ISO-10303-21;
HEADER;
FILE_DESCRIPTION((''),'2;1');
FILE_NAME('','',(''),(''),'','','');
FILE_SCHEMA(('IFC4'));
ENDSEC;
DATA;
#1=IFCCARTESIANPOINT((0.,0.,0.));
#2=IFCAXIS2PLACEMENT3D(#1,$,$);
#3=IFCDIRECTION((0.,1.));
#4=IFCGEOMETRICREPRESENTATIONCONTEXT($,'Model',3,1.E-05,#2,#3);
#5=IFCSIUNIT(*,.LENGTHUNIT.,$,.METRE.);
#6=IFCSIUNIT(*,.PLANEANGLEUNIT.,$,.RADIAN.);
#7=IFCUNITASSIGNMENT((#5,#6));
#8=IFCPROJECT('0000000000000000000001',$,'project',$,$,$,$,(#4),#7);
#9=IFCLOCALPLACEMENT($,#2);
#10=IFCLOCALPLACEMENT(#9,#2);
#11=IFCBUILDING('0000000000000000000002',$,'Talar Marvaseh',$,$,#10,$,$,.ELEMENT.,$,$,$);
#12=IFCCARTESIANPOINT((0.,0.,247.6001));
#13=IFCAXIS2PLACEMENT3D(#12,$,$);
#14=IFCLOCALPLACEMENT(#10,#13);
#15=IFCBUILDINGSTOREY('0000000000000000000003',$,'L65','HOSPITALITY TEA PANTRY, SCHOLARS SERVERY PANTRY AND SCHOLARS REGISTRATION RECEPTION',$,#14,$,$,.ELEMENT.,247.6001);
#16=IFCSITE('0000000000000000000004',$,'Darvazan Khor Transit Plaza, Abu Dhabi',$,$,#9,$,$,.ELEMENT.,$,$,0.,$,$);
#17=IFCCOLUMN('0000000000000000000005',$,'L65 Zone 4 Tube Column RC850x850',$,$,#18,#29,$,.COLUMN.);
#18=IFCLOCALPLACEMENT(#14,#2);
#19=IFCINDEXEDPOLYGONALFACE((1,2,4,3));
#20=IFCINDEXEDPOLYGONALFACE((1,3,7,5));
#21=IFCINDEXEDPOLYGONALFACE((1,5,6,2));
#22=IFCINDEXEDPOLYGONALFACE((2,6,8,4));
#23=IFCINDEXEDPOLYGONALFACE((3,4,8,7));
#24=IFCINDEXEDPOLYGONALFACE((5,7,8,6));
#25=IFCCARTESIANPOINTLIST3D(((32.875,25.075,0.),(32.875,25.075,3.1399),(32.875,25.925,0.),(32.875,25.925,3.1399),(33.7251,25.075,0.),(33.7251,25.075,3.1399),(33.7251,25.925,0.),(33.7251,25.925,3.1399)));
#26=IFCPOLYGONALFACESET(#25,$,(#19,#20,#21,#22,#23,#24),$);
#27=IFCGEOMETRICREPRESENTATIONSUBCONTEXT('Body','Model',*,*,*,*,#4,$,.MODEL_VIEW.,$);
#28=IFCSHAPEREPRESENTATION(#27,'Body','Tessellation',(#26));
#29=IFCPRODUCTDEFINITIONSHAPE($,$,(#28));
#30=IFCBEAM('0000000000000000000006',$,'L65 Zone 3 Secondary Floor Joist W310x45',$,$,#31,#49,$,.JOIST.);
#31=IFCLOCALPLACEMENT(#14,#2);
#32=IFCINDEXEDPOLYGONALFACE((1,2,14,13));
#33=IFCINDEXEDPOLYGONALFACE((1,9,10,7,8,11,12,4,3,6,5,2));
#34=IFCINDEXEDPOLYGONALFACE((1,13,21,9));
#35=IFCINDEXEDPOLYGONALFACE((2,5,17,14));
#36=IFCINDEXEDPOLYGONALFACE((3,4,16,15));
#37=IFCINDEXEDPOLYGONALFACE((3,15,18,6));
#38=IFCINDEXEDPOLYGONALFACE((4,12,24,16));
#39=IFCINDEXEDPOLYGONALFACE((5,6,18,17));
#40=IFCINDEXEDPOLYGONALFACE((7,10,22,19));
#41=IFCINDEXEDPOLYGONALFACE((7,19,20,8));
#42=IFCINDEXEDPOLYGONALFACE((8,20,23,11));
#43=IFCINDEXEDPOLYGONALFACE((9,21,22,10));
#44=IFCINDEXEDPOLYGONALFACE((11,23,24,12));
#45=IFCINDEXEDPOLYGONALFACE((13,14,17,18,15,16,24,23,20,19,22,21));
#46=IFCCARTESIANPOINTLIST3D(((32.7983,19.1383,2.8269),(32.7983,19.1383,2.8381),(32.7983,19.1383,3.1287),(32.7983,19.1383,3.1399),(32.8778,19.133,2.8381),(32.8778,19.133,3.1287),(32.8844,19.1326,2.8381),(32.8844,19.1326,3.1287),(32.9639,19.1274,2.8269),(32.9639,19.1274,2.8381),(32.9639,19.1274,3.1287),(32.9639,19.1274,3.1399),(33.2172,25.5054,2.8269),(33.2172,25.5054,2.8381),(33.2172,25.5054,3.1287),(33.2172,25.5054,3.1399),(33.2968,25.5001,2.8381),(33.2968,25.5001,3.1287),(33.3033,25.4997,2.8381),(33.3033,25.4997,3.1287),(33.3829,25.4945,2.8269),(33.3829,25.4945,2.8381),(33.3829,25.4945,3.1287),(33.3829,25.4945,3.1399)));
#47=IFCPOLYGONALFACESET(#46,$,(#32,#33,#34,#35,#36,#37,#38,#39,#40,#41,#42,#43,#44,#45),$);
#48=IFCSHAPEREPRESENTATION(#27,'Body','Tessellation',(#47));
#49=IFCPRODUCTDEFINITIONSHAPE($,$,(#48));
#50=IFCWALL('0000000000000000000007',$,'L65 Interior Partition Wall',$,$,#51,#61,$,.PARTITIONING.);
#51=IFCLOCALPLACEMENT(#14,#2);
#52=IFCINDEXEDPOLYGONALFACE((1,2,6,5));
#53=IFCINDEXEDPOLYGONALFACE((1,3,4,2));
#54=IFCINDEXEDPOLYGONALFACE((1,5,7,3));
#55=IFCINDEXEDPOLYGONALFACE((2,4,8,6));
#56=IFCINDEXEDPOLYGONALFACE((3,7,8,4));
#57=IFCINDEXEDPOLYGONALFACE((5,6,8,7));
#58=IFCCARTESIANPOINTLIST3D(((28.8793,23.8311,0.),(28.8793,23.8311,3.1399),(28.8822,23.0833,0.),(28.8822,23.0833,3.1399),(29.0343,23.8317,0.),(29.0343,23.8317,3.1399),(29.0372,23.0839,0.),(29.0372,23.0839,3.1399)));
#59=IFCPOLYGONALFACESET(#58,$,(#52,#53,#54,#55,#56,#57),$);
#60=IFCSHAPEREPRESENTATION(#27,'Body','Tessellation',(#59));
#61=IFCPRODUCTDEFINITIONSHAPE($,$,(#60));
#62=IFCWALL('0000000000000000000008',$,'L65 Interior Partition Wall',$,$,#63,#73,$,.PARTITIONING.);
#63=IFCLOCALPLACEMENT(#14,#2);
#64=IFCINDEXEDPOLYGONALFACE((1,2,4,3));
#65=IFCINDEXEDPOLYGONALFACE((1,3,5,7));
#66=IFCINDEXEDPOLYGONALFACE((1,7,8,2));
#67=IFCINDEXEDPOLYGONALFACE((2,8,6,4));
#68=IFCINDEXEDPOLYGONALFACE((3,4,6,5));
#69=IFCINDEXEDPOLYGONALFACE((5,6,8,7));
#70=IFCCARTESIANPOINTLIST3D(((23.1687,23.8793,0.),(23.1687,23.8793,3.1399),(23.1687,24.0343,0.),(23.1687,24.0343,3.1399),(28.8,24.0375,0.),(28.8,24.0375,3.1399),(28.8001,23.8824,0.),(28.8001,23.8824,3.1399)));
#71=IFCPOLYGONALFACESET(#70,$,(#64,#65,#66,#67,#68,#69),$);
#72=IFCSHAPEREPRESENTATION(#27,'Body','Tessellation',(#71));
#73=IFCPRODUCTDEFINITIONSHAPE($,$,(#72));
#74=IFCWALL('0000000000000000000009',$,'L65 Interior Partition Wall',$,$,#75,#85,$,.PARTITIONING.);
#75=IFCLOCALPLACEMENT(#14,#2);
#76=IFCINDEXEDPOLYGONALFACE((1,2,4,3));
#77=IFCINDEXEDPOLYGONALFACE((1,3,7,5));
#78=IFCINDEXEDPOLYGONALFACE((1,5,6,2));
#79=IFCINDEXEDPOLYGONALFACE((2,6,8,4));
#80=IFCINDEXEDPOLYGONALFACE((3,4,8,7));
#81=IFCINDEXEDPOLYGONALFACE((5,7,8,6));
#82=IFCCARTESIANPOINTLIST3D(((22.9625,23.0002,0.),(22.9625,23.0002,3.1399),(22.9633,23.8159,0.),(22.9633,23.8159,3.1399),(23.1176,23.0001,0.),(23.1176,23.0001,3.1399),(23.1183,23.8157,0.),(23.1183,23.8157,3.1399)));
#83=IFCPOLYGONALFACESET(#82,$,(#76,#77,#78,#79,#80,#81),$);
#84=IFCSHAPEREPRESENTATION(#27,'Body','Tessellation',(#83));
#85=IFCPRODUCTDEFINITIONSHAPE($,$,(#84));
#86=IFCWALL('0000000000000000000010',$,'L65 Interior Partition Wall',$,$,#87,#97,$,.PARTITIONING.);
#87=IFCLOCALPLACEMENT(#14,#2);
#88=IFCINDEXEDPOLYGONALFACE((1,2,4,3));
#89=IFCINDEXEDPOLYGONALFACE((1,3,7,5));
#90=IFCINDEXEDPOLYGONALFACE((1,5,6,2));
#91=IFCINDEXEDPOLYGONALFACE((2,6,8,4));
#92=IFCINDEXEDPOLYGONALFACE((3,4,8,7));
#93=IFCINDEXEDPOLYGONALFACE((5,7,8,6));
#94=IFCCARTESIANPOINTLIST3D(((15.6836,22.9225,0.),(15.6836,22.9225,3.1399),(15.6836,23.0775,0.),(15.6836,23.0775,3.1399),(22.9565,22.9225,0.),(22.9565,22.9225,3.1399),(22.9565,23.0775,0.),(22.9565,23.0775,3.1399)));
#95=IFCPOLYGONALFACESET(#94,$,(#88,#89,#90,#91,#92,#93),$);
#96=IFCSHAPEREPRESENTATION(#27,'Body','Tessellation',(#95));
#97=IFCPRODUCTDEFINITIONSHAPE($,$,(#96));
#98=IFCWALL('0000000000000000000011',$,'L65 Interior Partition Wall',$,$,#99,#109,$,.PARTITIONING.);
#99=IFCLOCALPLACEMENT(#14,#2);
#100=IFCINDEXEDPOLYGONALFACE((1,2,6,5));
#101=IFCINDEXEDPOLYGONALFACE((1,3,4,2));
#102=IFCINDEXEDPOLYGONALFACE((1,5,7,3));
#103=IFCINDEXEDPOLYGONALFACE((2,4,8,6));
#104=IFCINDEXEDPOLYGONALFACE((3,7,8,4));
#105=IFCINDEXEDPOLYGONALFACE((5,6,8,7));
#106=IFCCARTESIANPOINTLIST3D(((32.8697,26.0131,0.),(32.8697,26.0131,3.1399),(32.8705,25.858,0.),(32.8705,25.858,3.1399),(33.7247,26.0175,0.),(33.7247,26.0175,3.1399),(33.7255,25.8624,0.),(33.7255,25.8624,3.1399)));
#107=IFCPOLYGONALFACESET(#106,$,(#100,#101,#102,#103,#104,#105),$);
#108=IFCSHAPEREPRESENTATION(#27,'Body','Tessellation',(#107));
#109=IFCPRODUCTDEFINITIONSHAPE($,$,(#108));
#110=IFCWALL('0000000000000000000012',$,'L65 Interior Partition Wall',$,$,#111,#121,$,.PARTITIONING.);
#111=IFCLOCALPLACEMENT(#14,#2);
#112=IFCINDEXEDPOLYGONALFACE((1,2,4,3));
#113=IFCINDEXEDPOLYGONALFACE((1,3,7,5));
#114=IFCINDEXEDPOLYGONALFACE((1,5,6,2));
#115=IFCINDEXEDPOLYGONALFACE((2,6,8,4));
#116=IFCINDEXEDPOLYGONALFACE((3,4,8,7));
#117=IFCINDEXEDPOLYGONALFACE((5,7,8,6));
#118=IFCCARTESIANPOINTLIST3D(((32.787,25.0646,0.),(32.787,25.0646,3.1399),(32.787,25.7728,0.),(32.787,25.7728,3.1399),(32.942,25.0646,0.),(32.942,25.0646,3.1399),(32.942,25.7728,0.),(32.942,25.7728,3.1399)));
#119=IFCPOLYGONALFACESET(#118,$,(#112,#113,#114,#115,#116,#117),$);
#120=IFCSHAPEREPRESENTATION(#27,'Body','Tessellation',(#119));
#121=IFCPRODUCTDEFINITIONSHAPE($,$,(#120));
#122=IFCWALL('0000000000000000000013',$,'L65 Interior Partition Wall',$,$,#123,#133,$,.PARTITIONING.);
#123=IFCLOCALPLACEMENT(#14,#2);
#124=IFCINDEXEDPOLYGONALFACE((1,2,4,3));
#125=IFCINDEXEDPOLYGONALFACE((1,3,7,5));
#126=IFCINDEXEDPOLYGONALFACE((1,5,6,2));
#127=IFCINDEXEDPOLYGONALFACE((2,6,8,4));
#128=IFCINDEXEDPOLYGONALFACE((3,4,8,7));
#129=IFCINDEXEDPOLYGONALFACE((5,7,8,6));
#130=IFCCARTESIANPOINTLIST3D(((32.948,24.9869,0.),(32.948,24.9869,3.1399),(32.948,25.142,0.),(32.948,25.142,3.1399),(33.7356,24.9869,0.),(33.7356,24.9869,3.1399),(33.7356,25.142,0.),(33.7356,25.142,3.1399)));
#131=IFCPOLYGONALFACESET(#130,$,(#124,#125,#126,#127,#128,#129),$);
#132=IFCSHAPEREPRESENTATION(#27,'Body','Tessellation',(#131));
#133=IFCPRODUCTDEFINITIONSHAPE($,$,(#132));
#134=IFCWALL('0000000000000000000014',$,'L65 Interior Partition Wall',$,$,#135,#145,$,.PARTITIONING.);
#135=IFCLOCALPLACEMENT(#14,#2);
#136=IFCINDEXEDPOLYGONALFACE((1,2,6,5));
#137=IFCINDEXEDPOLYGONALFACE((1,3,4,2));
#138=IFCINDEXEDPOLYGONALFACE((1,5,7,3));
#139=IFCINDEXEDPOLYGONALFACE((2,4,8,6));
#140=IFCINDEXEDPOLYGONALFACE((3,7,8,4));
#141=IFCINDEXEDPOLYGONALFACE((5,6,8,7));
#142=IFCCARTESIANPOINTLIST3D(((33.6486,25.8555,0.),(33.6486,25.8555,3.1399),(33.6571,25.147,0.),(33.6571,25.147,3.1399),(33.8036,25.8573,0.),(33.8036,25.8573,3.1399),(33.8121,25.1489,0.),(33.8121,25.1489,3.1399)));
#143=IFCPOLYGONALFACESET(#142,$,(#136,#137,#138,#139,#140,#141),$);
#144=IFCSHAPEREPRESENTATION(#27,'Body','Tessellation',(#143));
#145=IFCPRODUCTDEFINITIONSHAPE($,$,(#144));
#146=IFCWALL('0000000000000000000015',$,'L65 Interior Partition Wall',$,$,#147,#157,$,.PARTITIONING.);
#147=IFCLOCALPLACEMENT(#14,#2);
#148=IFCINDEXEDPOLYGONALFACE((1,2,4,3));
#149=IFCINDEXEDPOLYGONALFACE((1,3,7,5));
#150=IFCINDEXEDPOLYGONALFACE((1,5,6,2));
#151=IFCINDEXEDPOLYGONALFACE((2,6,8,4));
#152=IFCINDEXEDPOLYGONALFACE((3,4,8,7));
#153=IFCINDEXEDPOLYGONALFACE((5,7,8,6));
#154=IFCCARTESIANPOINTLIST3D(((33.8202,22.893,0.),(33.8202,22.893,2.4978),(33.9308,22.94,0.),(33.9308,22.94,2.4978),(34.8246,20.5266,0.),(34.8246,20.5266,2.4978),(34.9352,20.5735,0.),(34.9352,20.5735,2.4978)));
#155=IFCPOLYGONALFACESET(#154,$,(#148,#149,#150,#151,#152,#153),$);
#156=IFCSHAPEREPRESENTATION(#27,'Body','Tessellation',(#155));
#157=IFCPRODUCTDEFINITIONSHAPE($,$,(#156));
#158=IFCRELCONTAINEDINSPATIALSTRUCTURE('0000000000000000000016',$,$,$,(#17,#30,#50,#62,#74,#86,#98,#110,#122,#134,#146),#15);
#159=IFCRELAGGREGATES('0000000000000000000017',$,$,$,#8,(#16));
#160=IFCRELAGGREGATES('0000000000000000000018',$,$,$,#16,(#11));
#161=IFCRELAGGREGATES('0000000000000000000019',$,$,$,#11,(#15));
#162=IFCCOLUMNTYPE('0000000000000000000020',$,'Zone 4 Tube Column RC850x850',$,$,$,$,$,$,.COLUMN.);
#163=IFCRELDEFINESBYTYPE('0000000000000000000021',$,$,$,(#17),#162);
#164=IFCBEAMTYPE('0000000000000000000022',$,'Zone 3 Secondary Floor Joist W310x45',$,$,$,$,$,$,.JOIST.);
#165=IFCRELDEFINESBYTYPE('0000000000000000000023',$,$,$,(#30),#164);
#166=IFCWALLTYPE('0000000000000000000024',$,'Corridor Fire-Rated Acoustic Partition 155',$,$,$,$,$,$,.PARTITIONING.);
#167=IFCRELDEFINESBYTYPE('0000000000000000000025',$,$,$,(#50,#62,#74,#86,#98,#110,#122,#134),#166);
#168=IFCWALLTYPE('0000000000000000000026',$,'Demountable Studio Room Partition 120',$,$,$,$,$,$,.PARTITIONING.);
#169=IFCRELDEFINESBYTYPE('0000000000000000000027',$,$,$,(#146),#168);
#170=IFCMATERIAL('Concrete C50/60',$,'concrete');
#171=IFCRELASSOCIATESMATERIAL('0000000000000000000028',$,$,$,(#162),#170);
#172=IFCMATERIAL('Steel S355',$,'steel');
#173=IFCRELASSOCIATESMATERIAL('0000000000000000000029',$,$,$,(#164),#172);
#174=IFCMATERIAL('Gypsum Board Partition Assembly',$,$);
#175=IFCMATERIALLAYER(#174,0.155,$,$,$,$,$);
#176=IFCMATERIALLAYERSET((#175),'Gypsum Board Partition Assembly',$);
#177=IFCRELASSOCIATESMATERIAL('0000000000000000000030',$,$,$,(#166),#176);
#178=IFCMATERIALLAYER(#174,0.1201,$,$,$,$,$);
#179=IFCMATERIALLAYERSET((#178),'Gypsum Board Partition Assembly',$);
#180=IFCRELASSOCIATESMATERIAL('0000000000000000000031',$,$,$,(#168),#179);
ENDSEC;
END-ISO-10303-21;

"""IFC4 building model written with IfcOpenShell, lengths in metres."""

from ifc_helpers import new_model, si_unit, direction, frame, frame_2d, origin, origin_2d, place, context, subcontext, project, spatial, rectangle, i_section, extrude, material, layer, layer_set, material_profile, profile_set, type_object, element, save


model = new_model("IFC4")

# Units and contexts
model_context = context("Model", 3, precision=1e-05, world=origin(), true_north=direction((0.0, 1.0)))
body_context = subcontext(model_context, "Body", "Model", "MODEL_VIEW")
ifc_project = project(units=[si_unit("LENGTHUNIT", "METRE"), si_unit("PLANEANGLEUNIT", "RADIAN")], contexts=[model_context])

# Site, building, storey
site_placement = place(None, origin())
site = spatial("IfcSite", under=ifc_project, at=site_placement, Name="Darvazan Khor Transit Plaza, Abu Dhabi", CompositionType="ELEMENT", RefElevation=0.0)
building_placement = place(site_placement, origin())
building = spatial("IfcBuilding", under=site, at=building_placement, Name="Talar Marvaseh", CompositionType="ELEMENT")
storey_placement = place(building_placement, frame((0.0, 0.0, 247.6001)))
storey = spatial("IfcBuildingStorey", under=building, at=storey_placement, Name="L65", Description="HOSPITALITY TEA PANTRY, SCHOLARS SERVERY PANTRY AND SCHOLARS REGISTRATION RECEPTION", CompositionType="ELEMENT", Elevation=247.6001)

# Column
ifc_material_1 = material(Name="Concrete C50/60", Category="concrete")
ifc_material_profile_1 = material_profile(ifc_material_1, rectangle(XDim=0.8501, YDim=0.8501, at=origin_2d()), Name="RC850x850")
ifc_profile_set_1 = profile_set([ifc_material_profile_1], Name="Concrete C50/60")
column_type = type_object("IfcColumnType", Name="Zone 4 Tube Column RC850x850", PredefinedType="COLUMN", material=ifc_profile_set_1)
column_placement = place(storey_placement, frame((33.3, 25.5, 0.0), z_axis=(0.0, 0.0, 1.0), x_axis=(1.0, 0.0, 0.0)))
element("IfcColumn", 1, at=column_placement, inside=storey, type_object=column_type, Name="L65 Zone 4 Tube Column RC850x850", PredefinedType="COLUMN", context=body_context, shape_type="SweptSolid", body=[
    extrude(rectangle(XDim=0.8501, YDim=0.8501, at=origin_2d()), origin(), (0.0, 0.0, 1.0), 3.1399),
])

# Beam
ifc_material_2 = material(Name="Steel S355", Category="steel")
ifc_material_profile_2 = material_profile(ifc_material_2, i_section(OverallWidth=0.166, OverallDepth=0.313, WebThickness=0.0066, FlangeThickness=0.0112, at=origin_2d()), Name="W310x45")
ifc_profile_set_2 = profile_set([ifc_material_profile_2], Name="Steel S355")
beam_type = type_object("IfcBeamType", Name="Zone 3 Secondary Floor Joist W310x45", PredefinedType="JOIST", material=ifc_profile_set_2)
beam_placement = place(storey_placement, frame((32.8811, 19.1328, 2.9834), z_axis=(0.065656, 0.997842, 0.0), x_axis=(-0.997842, 0.065656, 0.0)))
element("IfcBeam", 2, at=beam_placement, inside=storey, type_object=beam_type, Name="L65 Zone 3 Secondary Floor Joist W310x45", PredefinedType="JOIST", context=body_context, shape_type="SweptSolid", body=[
    extrude(i_section(OverallWidth=0.166, OverallDepth=0.313, WebThickness=0.0066, FlangeThickness=0.0112, at=origin_2d()), origin(), (0.0, 0.0, 1.0), 6.3809),
])

# Walls
ifc_material_3 = material(Name="Gypsum Board Partition Assembly")
ifc_layer_1 = layer(ifc_material_3, 0.155)
ifc_layer_set_1 = layer_set([ifc_layer_1], Name="Gypsum Board Partition Assembly")
wall_type_1 = type_object("IfcWallType", Name="Corridor Fire-Rated Acoustic Partition 155", PredefinedType="PARTITIONING", material=ifc_layer_set_1)
wall_1_placement = place(storey_placement, frame((28.9597, 23.0835, 0.0), z_axis=(0.0, 0.0, 1.0), x_axis=(-0.003918, 0.999992, 0.0)))
element("IfcWall", 3, at=wall_1_placement, inside=storey, type_object=wall_type_1, Name="L65 Interior Partition Wall", PredefinedType="PARTITIONING", context=body_context, shape_type="SweptSolid", body=[
    extrude(rectangle(XDim=0.7478, YDim=0.155, at=frame_2d((0.374, 0.0))), origin(), (0.0, 0.0, 1.0), 3.1399),
])
wall_2_placement = place(storey_placement, frame((28.8, 23.96, 0.0), z_axis=(0.0, 0.0, 1.0), x_axis=(-1.0, -0.000564, 0.0)))
element("IfcWall", 4, at=wall_2_placement, inside=storey, type_object=wall_type_1, Name="L65 Interior Partition Wall", PredefinedType="PARTITIONING", context=body_context, shape_type="SweptSolid", body=[
    extrude(rectangle(XDim=5.6313, YDim=0.155, at=frame_2d((2.8157, 0.0))), origin(), (0.0, 0.0, 1.0), 3.1399),
])
wall_3_placement = place(storey_placement, frame((23.0408, 23.8157, 0.0), z_axis=(0.0, 0.0, 1.0), x_axis=(-0.000898, -1.0, 0.0)))
element("IfcWall", 5, at=wall_3_placement, inside=storey, type_object=wall_type_1, Name="L65 Interior Partition Wall", PredefinedType="PARTITIONING", context=body_context, shape_type="SweptSolid", body=[
    extrude(rectangle(XDim=0.8157, YDim=0.155, at=frame_2d((0.4077, 0.0))), origin(), (0.0, 0.0, 1.0), 3.1399),
])
wall_4_placement = place(storey_placement, frame((22.9565, 23.0, 0.0), z_axis=(0.0, 0.0, 1.0), x_axis=(-1.0, 0.0, 0.0)))
element("IfcWall", 6, at=wall_4_placement, inside=storey, type_object=wall_type_1, Name="L65 Interior Partition Wall", PredefinedType="PARTITIONING", context=body_context, shape_type="SweptSolid", body=[
    extrude(rectangle(XDim=7.2729, YDim=0.155, at=frame_2d((3.6365, 0.0))), origin(), (0.0, 0.0, 1.0), 3.1399),
])
wall_5_placement = place(storey_placement, frame((33.7251, 25.9399, 0.0), z_axis=(0.0, 0.0, 1.0), x_axis=(-0.999987, -0.00514, 0.0)))
element("IfcWall", 7, at=wall_5_placement, inside=storey, type_object=wall_type_1, Name="L65 Interior Partition Wall", PredefinedType="PARTITIONING", context=body_context, shape_type="SweptSolid", body=[
    extrude(rectangle(XDim=0.855, YDim=0.155, at=frame_2d((0.4275, 0.0))), origin(), (0.0, 0.0, 1.0), 3.1399),
])
wall_6_placement = place(storey_placement, frame((32.8645, 25.7727, 0.0), z_axis=(0.0, 0.0, 1.0), x_axis=(0.0, -1.0, 0.0)))
element("IfcWall", 8, at=wall_6_placement, inside=storey, type_object=wall_type_1, Name="L65 Interior Partition Wall", PredefinedType="PARTITIONING", context=body_context, shape_type="SweptSolid", body=[
    extrude(rectangle(XDim=0.7083, YDim=0.155, at=frame_2d((0.354, 0.0))), origin(), (0.0, 0.0, 1.0), 3.1399),
])
wall_7_placement = place(storey_placement, frame((32.948, 25.0645, 0.0), z_axis=(0.0, 0.0, 1.0), x_axis=(1.0, 0.0, 0.0)))
element("IfcWall", 9, at=wall_7_placement, inside=storey, type_object=wall_type_1, Name="L65 Interior Partition Wall", PredefinedType="PARTITIONING", context=body_context, shape_type="SweptSolid", body=[
    extrude(rectangle(XDim=0.7876, YDim=0.155, at=frame_2d((0.3938, 0.0))), origin(), (0.0, 0.0, 1.0), 3.1399),
])
wall_8_placement = place(storey_placement, frame((33.7346, 25.1479, 0.0), z_axis=(0.0, 0.0, 1.0), x_axis=(-0.01206, 0.999927, 0.0)))
element("IfcWall", 10, at=wall_8_placement, inside=storey, type_object=wall_type_1, Name="L65 Interior Partition Wall", PredefinedType="PARTITIONING", context=body_context, shape_type="SweptSolid", body=[
    extrude(rectangle(XDim=0.7085, YDim=0.155, at=frame_2d((0.3542, 0.0))), origin(), (0.0, 0.0, 1.0), 3.1399),
])
ifc_layer_2 = layer(ifc_material_3, 0.1201)
ifc_layer_set_2 = layer_set([ifc_layer_2], Name="Gypsum Board Partition Assembly")
wall_type_2 = type_object("IfcWallType", Name="Demountable Studio Room Partition 120", PredefinedType="PARTITIONING", material=ifc_layer_set_2)
wall_9_placement = place(storey_placement, frame((33.8755, 22.9165, 0.0), z_axis=(0.0, 0.0, 1.0), x_axis=(0.390696, -0.92052, 0.0)))
element("IfcWall", 11, at=wall_9_placement, inside=storey, type_object=wall_type_2, Name="L65 Interior Partition Wall", PredefinedType="PARTITIONING", context=body_context, shape_type="SweptSolid", body=[
    extrude(rectangle(XDim=2.5708, YDim=0.1201, at=frame_2d((1.2854, 0.0))), origin(), (0.0, 0.0, 1.0), 2.4978),
])

save(model, "model.ifc")
